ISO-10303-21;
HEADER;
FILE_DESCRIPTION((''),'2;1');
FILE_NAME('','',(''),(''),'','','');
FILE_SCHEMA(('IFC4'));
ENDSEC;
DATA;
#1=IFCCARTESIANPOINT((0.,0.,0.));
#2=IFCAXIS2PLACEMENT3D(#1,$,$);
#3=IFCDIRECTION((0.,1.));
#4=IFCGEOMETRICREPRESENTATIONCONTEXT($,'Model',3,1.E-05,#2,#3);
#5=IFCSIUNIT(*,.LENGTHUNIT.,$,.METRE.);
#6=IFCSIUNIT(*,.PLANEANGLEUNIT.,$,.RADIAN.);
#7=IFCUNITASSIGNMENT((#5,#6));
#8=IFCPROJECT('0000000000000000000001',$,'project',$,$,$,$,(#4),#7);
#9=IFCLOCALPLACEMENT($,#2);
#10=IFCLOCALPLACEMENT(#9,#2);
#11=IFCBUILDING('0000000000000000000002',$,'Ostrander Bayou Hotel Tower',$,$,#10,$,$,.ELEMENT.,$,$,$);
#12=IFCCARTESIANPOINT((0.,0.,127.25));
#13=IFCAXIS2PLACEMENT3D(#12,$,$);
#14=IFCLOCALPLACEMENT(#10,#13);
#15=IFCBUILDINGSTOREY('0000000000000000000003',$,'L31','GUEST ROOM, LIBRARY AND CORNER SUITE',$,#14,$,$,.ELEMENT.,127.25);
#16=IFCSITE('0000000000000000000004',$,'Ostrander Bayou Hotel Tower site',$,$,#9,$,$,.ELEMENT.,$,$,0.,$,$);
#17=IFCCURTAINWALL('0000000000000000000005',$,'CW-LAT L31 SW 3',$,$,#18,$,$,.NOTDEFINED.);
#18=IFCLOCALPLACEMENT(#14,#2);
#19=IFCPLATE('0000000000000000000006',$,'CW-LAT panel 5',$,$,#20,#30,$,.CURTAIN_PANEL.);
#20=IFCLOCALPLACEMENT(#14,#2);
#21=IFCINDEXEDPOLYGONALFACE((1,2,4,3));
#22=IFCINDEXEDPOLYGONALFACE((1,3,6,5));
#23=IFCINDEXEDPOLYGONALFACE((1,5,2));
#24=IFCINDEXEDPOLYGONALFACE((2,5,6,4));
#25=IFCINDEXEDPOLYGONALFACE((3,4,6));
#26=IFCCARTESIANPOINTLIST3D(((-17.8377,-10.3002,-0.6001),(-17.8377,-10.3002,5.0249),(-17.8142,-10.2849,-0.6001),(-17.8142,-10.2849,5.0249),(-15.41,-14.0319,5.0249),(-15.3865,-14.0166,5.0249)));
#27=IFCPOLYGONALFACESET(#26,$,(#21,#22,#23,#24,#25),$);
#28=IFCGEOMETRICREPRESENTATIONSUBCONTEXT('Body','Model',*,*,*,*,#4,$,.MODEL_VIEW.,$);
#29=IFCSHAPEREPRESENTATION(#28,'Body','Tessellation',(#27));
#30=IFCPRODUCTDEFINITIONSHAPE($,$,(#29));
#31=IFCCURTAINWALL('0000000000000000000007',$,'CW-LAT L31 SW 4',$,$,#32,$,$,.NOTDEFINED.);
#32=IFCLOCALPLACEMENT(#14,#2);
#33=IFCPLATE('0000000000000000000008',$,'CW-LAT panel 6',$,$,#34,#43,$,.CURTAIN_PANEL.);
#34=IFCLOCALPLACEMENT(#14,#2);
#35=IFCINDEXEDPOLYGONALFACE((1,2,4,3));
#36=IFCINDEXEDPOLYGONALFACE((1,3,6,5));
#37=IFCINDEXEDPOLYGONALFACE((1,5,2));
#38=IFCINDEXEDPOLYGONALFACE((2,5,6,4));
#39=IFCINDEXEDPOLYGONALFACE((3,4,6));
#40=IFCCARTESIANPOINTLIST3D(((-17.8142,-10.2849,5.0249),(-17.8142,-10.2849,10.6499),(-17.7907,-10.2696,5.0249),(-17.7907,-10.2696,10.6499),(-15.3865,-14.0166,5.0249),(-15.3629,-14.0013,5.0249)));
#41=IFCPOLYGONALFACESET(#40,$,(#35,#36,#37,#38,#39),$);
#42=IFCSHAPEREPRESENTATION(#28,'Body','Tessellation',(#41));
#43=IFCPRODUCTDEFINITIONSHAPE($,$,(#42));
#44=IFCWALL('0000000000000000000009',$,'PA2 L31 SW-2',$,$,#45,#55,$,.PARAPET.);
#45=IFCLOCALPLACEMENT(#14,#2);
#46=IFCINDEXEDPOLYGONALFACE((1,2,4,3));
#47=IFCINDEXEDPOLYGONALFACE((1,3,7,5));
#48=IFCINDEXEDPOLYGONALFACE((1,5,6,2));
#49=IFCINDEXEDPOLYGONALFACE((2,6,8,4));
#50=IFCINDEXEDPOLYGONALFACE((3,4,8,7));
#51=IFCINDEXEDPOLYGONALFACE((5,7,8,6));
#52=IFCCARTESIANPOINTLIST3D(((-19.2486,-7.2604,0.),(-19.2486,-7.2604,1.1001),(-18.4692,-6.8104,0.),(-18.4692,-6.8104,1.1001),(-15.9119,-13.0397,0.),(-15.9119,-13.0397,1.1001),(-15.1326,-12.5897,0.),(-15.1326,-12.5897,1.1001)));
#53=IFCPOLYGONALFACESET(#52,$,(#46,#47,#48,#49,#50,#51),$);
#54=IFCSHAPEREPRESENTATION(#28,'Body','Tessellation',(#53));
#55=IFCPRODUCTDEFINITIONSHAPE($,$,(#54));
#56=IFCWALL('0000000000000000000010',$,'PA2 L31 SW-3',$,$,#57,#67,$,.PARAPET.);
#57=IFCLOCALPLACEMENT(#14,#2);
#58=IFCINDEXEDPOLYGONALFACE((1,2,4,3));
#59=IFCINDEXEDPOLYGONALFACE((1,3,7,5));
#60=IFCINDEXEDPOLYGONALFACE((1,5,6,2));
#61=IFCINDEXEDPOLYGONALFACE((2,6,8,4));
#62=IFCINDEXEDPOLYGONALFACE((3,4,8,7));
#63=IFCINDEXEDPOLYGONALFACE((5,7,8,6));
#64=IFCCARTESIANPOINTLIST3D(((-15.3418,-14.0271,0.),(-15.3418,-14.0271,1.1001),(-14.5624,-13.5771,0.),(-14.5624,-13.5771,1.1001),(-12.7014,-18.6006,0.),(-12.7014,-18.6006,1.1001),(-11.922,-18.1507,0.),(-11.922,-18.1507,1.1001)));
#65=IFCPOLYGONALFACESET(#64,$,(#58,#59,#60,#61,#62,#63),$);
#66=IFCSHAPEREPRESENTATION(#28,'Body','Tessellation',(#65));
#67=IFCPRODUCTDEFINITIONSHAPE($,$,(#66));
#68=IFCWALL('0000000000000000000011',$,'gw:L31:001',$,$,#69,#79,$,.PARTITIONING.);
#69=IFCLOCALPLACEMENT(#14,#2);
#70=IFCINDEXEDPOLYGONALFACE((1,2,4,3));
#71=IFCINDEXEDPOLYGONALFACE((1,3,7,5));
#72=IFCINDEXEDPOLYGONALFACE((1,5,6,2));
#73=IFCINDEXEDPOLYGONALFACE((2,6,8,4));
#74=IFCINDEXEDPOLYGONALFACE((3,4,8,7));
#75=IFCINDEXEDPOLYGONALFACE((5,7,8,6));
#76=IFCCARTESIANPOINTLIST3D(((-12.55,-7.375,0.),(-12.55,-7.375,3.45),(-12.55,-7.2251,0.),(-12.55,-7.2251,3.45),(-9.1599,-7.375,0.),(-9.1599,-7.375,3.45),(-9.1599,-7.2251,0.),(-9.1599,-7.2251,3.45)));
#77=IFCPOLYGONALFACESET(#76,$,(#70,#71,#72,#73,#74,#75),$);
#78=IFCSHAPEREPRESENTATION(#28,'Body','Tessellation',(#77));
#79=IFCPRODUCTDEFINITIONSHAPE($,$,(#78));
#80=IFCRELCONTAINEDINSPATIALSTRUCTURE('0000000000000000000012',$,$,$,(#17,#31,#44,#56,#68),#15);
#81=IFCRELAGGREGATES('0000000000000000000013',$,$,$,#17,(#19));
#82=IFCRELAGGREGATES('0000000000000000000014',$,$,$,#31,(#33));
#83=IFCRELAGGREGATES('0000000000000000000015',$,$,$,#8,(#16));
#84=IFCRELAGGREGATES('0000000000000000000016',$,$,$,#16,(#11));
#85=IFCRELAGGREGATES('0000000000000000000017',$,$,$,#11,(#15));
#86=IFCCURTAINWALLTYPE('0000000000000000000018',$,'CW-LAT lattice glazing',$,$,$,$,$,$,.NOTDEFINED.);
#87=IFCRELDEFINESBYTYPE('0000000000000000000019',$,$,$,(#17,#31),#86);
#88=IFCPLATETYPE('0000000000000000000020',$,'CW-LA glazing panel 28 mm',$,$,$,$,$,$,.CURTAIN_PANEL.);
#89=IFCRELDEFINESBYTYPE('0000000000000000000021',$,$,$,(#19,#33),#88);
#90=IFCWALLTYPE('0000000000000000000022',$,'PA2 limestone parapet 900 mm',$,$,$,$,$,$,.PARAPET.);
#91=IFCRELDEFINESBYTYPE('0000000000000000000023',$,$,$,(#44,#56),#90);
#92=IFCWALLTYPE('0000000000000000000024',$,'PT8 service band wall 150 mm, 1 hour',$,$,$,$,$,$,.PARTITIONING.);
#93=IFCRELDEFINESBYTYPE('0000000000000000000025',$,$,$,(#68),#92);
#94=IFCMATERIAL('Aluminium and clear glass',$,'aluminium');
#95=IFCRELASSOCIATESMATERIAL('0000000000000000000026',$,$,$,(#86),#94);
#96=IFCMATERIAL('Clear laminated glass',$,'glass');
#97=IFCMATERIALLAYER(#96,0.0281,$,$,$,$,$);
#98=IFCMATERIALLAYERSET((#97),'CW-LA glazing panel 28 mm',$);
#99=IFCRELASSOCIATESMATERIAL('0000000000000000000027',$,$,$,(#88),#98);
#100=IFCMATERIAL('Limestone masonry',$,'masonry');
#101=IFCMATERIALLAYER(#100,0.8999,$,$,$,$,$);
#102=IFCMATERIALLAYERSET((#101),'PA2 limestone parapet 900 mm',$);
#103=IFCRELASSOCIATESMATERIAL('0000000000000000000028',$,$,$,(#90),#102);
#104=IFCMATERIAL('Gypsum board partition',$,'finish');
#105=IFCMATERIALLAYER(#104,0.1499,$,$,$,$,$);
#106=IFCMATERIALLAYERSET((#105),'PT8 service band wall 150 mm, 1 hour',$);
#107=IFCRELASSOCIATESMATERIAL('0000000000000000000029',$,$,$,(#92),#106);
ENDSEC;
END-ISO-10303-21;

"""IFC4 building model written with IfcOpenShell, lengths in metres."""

from ifc_helpers import new_model, si_unit, direction, frame, frame_2d, origin, place, context, subcontext, project, spatial, polyline, rectangle, outline, extrude, material, layer, layer_set, type_object, element, aggregate, save


model = new_model("IFC4")

# Units and contexts
model_context = context("Model", 3, precision=1e-05, world=origin(), true_north=direction((0.0, 1.0)))
body_context = subcontext(model_context, "Body", "Model", "MODEL_VIEW")
ifc_project = project(units=[si_unit("LENGTHUNIT", "METRE"), si_unit("PLANEANGLEUNIT", "RADIAN")], contexts=[model_context])

# Site, building, storey
site_placement = place(None, origin())
site = spatial("IfcSite", under=ifc_project, at=site_placement, Name="Ostrander Bayou Hotel Tower site", CompositionType="ELEMENT", RefElevation=0.0)
building_placement = place(site_placement, origin())
building = spatial("IfcBuilding", under=site, at=building_placement, Name="Ostrander Bayou Hotel Tower", CompositionType="ELEMENT")
storey_placement = place(building_placement, frame((0.0, 0.0, 127.25)))
storey = spatial("IfcBuildingStorey", under=building, at=storey_placement, Name="L31", Description="GUEST ROOM, LIBRARY AND CORNER SUITE", CompositionType="ELEMENT", Elevation=127.25)

# Shared definitions
ifc_material_1 = material(Name="Aluminium and clear glass", Category="aluminium")
curtain_wall_type = type_object("IfcCurtainWallType", Name="CW-LAT lattice glazing", PredefinedType="NOTDEFINED", material=ifc_material_1)

# Curtain walls, plates
curtain_wall_1_placement = place(storey_placement, origin())
curtain_wall_1 = element("IfcCurtainWall", 1, at=curtain_wall_1_placement, inside=storey, type_object=curtain_wall_type, Name="CW-LAT L31 SW 3", PredefinedType="NOTDEFINED")
ifc_material_2 = material(Name="Clear laminated glass", Category="glass")
ifc_layer_1 = layer(ifc_material_2, 0.0281)
ifc_layer_set_1 = layer_set([ifc_layer_1], Name="CW-LA glazing panel 28 mm")
plate_type = type_object("IfcPlateType", Name="CW-LA glazing panel 28 mm", PredefinedType="CURTAIN_PANEL", material=ifc_layer_set_1)
plate_1_placement = place(storey_placement, frame((-15.3865, -14.0166, 5.0249), z_axis=(0.838224, 0.545326, 0.0), x_axis=(-0.338428, 0.5202, -0.784129)))
plate_1 = element("IfcPlate", 2, at=plate_1_placement, type_object=plate_type, Name="CW-LAT panel 5", PredefinedType="CURTAIN_PANEL", context=body_context, shape_type="SweptSolid", body=[
    extrude(outline(polyline([(0.0, 0.0), (7.1736, 0.0), (2.7628, 3.4909), (0.0, 0.0)])), origin(), (0.0, 0.0, -1.0), 0.0281),
])
aggregate(curtain_wall_1, [plate_1])
curtain_wall_2_placement = place(storey_placement, origin())
curtain_wall_2 = element("IfcCurtainWall", 3, at=curtain_wall_2_placement, inside=storey, type_object=curtain_wall_type, Name="CW-LAT L31 SW 4", PredefinedType="NOTDEFINED")
plate_2_placement = place(storey_placement, frame((-15.3865, -14.0166, 5.0249), z_axis=(-0.838224, -0.545326, 0.0), x_axis=(-0.338428, 0.5202, 0.784129)))
plate_2 = element("IfcPlate", 4, at=plate_2_placement, type_object=plate_type, Name="CW-LAT panel 6", PredefinedType="CURTAIN_PANEL", context=body_context, shape_type="SweptSolid", body=[
    extrude(outline(polyline([(0.0, 0.0), (7.1736, 0.0), (2.7628, 3.4909), (0.0, 0.0)])), origin(), (0.0, 0.0, -1.0), 0.0281),
])
aggregate(curtain_wall_2, [plate_2])

# Walls
ifc_material_3 = material(Name="Limestone masonry", Category="masonry")
ifc_layer_2 = layer(ifc_material_3, 0.8999)
ifc_layer_set_2 = layer_set([ifc_layer_2], Name="PA2 limestone parapet 900 mm")
wall_type_1 = type_object("IfcWallType", Name="PA2 limestone parapet 900 mm", PredefinedType="PARAPET", material=ifc_layer_set_2)
wall_1_placement = place(storey_placement, frame((-18.8589, -7.0354, 0.0), z_axis=(0.0, 0.0, 1.0), x_axis=(0.499999, -0.866026, 0.0)))
element("IfcWall", 5, at=wall_1_placement, inside=storey, type_object=wall_type_1, Name="PA2 L31 SW-2", PredefinedType="PARAPET", context=body_context, shape_type="SweptSolid", body=[
    extrude(rectangle(XDim=6.6733, YDim=0.8999, at=frame_2d((3.3367, 0.0))), origin(), (0.0, 0.0, 1.0), 1.1001),
])
wall_2_placement = place(storey_placement, frame((-14.9521, -13.802, 0.0), z_axis=(0.0, 0.0, 1.0), x_axis=(0.499983, -0.866035, 0.0)))
element("IfcWall", 6, at=wall_2_placement, inside=storey, type_object=wall_type_1, Name="PA2 L31 SW-3", PredefinedType="PARAPET", context=body_context, shape_type="SweptSolid", body=[
    extrude(rectangle(XDim=5.281, YDim=0.8999, at=frame_2d((2.6406, 0.0))), origin(), (0.0, 0.0, 1.0), 1.1001),
])
ifc_material_4 = material(Name="Gypsum board partition", Category="finish")
ifc_layer_3 = layer(ifc_material_4, 0.1499)
ifc_layer_set_3 = layer_set([ifc_layer_3], Name="PT8 service band wall 150 mm, 1 hour")
wall_type_2 = type_object("IfcWallType", Name="PT8 service band wall 150 mm, 1 hour", PredefinedType="PARTITIONING", material=ifc_layer_set_3)
wall_3_placement = place(storey_placement, frame((-12.55, -7.3, 0.0), z_axis=(0.0, 0.0, 1.0), x_axis=(1.0, 0.0, 0.0)))
element("IfcWall", 7, at=wall_3_placement, inside=storey, type_object=wall_type_2, Name="gw:L31:001", PredefinedType="PARTITIONING", context=body_context, shape_type="SweptSolid", body=[
    extrude(rectangle(XDim=3.3901, YDim=0.1499, at=frame_2d((1.6951, 0.0))), origin(), (0.0, 0.0, 1.0), 3.45),
])

save(model, "model.ifc")
